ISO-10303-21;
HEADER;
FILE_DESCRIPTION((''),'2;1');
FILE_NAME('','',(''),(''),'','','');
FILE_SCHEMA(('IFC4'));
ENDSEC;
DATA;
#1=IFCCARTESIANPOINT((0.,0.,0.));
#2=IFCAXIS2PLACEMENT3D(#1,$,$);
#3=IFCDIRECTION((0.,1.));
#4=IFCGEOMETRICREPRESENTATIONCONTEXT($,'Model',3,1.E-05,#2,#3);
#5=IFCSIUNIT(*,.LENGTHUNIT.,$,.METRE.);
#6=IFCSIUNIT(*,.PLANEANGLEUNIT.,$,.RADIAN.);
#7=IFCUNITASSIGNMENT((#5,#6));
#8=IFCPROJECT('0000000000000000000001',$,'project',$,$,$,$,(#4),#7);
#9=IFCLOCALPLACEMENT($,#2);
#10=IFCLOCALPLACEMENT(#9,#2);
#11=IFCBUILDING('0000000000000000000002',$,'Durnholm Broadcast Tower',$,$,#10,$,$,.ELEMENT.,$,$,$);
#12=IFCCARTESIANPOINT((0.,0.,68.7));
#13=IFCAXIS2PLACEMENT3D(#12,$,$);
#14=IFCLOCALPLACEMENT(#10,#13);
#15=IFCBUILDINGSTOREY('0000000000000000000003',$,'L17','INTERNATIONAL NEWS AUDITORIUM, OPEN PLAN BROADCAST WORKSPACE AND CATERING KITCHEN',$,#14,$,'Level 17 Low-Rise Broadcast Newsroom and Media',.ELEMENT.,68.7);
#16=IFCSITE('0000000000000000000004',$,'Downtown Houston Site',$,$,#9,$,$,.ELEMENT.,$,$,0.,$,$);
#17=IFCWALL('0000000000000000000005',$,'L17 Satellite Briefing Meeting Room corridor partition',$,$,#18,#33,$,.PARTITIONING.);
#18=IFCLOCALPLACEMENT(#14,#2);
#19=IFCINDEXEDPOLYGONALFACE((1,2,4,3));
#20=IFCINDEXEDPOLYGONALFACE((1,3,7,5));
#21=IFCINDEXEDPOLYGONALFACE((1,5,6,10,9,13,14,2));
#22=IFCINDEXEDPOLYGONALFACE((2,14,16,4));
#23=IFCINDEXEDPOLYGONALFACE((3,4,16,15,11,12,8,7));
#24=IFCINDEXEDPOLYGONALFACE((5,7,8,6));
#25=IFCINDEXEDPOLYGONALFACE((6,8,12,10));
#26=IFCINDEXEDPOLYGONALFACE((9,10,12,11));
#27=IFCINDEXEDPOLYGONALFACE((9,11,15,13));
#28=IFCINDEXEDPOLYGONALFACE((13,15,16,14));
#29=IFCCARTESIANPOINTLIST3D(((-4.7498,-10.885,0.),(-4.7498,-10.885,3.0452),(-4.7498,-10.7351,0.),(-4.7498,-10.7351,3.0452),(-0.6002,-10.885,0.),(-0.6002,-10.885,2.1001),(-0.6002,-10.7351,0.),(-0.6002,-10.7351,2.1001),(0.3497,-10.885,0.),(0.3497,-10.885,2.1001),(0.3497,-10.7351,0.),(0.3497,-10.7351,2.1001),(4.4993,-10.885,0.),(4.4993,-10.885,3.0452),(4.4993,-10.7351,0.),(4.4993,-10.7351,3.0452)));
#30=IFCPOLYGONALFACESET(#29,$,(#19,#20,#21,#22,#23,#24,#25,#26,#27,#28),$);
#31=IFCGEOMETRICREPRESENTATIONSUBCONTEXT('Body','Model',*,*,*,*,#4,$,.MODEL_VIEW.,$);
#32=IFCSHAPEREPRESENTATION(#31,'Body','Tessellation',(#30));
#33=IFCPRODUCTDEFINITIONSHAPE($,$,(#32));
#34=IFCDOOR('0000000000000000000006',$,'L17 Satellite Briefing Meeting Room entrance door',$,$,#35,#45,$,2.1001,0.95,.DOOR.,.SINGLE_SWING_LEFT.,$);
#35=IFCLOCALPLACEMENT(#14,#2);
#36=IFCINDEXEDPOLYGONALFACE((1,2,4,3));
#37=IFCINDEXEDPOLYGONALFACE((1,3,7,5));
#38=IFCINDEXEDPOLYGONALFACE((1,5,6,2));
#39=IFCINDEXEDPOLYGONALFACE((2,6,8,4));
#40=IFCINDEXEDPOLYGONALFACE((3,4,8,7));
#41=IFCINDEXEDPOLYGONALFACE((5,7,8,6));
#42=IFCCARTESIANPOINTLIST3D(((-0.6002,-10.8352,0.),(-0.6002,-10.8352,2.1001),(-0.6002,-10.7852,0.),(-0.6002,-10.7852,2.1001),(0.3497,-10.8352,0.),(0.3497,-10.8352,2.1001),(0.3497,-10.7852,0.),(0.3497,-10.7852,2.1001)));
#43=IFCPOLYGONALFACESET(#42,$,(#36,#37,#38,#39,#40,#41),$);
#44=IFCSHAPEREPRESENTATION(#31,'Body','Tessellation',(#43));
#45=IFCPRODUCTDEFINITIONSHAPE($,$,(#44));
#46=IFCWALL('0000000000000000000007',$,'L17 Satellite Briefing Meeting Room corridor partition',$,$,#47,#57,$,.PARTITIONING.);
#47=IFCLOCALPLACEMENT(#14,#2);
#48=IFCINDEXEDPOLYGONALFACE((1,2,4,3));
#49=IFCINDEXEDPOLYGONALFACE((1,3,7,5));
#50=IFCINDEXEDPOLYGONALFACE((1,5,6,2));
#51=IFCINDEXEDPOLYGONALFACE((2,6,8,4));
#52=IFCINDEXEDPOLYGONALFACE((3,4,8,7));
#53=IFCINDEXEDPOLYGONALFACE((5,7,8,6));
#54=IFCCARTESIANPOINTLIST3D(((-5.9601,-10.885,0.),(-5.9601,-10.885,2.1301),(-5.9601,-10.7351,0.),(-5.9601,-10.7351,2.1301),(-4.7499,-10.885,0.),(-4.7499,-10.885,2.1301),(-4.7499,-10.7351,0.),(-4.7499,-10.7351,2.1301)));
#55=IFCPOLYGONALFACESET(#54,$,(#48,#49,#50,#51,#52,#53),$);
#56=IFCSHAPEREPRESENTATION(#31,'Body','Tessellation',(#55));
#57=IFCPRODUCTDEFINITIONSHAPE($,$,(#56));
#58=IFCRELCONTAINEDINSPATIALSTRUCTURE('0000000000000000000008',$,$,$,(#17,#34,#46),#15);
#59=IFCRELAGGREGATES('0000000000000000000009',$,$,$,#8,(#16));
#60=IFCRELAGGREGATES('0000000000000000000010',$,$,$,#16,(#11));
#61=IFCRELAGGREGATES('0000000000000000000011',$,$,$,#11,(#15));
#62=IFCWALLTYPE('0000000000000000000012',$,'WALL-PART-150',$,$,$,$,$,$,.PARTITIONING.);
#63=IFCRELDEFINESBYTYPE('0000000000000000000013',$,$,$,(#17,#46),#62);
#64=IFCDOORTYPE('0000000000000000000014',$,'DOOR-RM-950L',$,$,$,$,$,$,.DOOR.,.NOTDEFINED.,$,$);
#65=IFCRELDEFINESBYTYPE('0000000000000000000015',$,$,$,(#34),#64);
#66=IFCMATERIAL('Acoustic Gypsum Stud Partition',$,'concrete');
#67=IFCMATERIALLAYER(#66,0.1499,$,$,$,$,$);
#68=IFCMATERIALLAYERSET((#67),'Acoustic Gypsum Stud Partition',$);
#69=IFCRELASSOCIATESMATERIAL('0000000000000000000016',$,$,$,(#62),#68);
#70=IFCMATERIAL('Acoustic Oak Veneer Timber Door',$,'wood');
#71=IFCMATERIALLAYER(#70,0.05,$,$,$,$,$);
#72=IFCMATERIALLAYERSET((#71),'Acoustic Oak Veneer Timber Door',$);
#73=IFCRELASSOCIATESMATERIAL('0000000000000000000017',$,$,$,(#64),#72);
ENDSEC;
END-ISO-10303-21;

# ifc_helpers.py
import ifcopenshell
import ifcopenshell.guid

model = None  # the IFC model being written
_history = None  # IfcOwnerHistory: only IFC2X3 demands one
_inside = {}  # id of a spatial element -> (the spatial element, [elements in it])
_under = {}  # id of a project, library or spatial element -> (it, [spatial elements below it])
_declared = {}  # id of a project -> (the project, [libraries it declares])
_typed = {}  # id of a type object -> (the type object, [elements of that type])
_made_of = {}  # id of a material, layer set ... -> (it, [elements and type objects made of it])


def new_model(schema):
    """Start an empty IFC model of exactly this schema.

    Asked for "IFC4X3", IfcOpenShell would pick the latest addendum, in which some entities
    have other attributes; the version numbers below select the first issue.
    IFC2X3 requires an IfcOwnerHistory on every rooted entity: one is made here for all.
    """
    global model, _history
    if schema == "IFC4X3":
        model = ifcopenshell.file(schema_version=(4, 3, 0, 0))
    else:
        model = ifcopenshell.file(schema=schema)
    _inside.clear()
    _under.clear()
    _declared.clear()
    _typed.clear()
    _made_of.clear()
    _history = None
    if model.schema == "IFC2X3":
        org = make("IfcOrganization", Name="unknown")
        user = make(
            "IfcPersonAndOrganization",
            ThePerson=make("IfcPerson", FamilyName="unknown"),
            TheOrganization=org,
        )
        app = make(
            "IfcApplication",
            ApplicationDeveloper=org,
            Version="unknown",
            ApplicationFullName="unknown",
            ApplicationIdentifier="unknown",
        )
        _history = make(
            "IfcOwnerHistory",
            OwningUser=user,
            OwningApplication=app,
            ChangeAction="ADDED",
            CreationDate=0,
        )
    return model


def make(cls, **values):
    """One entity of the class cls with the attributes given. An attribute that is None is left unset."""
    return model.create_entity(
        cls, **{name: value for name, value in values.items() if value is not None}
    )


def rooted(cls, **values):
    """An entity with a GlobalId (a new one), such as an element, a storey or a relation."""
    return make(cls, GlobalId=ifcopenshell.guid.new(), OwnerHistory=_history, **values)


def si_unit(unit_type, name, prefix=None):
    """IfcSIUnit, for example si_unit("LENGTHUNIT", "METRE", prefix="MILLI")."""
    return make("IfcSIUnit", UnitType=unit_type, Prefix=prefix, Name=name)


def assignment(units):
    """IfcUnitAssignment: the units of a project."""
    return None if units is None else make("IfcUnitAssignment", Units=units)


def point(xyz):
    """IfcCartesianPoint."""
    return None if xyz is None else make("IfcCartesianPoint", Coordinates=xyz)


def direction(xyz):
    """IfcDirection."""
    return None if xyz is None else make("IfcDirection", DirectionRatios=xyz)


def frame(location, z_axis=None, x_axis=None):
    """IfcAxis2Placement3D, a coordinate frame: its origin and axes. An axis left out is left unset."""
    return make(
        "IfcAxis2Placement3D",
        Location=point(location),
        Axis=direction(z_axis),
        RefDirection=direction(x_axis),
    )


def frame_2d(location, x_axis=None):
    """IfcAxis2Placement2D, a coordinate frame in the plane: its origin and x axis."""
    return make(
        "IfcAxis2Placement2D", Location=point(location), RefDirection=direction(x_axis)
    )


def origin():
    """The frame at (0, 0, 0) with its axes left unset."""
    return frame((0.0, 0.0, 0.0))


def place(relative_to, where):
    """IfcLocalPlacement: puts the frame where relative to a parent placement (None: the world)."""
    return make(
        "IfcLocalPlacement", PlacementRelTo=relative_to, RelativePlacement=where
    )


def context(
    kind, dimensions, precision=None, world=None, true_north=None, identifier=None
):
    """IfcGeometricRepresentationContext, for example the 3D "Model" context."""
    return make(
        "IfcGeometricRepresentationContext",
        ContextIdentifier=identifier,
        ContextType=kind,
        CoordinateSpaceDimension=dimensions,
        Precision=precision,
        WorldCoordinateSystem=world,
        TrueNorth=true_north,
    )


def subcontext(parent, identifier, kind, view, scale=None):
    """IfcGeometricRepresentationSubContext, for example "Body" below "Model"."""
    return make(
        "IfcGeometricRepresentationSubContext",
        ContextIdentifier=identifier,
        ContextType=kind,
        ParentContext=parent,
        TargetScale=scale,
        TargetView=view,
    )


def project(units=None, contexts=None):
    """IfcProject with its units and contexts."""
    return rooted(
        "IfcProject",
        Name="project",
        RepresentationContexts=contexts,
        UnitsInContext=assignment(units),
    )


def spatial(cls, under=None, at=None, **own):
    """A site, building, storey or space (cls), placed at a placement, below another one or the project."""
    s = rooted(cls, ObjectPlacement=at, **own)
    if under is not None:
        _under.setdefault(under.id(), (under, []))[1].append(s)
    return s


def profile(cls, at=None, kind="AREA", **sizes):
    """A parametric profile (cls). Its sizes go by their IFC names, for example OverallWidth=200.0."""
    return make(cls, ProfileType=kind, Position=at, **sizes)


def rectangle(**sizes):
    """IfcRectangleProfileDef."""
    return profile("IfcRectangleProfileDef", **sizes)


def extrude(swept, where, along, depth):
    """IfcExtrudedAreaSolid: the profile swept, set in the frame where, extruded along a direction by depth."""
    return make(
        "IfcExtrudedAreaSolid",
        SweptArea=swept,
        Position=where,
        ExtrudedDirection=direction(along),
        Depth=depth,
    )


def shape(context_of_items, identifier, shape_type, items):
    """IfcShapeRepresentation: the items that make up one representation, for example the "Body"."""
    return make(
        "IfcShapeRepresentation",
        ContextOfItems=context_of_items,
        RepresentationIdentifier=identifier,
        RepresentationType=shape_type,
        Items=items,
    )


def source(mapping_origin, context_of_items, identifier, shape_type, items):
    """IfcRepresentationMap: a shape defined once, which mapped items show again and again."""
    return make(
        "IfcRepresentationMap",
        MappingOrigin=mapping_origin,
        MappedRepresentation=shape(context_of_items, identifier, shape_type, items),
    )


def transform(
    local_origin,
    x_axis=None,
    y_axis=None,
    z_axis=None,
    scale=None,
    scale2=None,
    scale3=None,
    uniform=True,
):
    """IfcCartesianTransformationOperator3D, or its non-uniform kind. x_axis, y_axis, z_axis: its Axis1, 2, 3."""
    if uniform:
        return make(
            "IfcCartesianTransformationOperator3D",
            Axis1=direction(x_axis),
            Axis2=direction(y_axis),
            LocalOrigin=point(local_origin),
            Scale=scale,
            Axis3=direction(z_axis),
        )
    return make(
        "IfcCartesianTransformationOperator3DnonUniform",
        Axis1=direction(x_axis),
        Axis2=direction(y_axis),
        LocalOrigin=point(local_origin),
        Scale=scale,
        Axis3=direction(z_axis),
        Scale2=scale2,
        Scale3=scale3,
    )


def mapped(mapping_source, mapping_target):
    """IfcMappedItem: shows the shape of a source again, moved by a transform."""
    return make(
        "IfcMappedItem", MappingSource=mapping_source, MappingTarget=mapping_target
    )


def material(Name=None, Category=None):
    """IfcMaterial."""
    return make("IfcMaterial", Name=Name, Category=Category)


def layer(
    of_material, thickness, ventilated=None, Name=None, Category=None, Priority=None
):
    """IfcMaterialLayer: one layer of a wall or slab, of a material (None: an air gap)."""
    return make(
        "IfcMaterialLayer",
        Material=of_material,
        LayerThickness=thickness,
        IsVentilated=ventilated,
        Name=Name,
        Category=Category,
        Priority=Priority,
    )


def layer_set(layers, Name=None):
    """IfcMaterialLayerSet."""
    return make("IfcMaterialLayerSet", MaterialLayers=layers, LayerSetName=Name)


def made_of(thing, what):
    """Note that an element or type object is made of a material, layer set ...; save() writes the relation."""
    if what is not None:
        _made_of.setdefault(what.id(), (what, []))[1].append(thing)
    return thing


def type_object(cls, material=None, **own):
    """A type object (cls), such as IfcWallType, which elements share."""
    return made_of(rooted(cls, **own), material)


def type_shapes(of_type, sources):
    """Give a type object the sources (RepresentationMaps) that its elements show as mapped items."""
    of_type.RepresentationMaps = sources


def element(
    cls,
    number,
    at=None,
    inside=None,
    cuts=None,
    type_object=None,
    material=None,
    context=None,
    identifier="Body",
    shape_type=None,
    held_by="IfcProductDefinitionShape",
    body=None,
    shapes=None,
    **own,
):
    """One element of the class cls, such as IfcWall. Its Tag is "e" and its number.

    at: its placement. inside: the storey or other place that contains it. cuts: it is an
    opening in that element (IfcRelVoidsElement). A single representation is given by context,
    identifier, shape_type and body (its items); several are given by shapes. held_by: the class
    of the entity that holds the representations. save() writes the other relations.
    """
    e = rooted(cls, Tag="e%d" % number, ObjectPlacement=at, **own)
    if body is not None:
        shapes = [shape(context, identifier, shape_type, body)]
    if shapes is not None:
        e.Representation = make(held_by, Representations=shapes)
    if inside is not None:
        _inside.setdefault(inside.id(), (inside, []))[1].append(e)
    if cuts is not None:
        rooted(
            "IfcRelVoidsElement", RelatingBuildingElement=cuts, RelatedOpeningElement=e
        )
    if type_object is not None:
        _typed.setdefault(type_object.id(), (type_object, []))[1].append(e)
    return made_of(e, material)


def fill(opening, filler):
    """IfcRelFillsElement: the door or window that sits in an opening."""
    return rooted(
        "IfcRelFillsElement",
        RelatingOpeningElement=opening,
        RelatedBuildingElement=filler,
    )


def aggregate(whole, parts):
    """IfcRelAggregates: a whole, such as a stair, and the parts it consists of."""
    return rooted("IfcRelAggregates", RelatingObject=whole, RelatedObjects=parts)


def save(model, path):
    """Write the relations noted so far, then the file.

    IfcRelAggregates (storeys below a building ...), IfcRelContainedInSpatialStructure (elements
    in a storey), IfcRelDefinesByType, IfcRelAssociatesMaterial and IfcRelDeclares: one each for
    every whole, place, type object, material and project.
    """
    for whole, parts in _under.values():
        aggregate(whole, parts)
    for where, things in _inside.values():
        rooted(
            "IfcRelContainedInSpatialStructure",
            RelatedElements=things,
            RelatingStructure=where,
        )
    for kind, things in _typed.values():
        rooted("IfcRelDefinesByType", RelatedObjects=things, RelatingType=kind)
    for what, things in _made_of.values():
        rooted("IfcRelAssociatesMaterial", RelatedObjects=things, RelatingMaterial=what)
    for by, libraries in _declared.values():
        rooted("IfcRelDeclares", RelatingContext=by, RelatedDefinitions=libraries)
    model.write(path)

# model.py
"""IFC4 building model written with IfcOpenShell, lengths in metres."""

from ifc_helpers import new_model, si_unit, direction, frame, frame_2d, origin, place, context, subcontext, project, spatial, rectangle, extrude, source, transform, mapped, material, layer, layer_set, type_object, type_shapes, element, fill, save


model = new_model("IFC4")

# Units and contexts
model_context = context("Model", 3, precision=1e-05, world=origin(), true_north=direction((0.0, 1.0)))
body_context = subcontext(model_context, "Body", "Model", "MODEL_VIEW")
ifc_project = project(units=[si_unit("LENGTHUNIT", "METRE"), si_unit("PLANEANGLEUNIT", "RADIAN")], contexts=[model_context])

# Site, building, storey
site_placement = place(None, origin())
site = spatial("IfcSite", under=ifc_project, at=site_placement, Name="Downtown Houston Site", CompositionType="ELEMENT", RefElevation=0.0)
building_placement = place(site_placement, origin())
building = spatial("IfcBuilding", under=site, at=building_placement, Name="Durnholm Broadcast Tower", CompositionType="ELEMENT")
storey_placement = place(building_placement, frame((0.0, 0.0, 68.7)))
storey = spatial("IfcBuildingStorey", under=building, at=storey_placement, Name="L17", Description="INTERNATIONAL NEWS AUDITORIUM, OPEN PLAN BROADCAST WORKSPACE AND CATERING KITCHEN", LongName="Level 17 Low-Rise Broadcast Newsroom and Media", CompositionType="ELEMENT", Elevation=68.7)

# Shared definitions
ifc_material_1 = material(Name="Acoustic Gypsum Stud Partition", Category="concrete")
ifc_layer_1 = layer(ifc_material_1, 0.1499)
ifc_layer_set_1 = layer_set([ifc_layer_1], Name="Acoustic Gypsum Stud Partition")
wall_type_1 = type_object("IfcWallType", Name="WALL-PART-150", PredefinedType="PARTITIONING", material=ifc_layer_set_1)

# Wall, opening, door
wall_1_placement = place(storey_placement, frame((-4.7498, -10.8101, 0.0), z_axis=(0.0, 0.0, 1.0), x_axis=(1.0, 0.0, 0.0)))
wall_1 = element("IfcWall", 1, at=wall_1_placement, inside=storey, type_object=wall_type_1, Name="L17 Satellite Briefing Meeting Room corridor partition", PredefinedType="PARTITIONING", context=body_context, shape_type="SweptSolid", body=[
    extrude(rectangle(XDim=9.249, YDim=0.1499, at=frame_2d((4.6245, 0.0))), origin(), (0.0, 0.0, 1.0), 3.0452),
])
opening_1_placement = place(wall_1_placement, frame((4.1494, 0.0, 0.0)))
opening_1 = element("IfcOpeningElement", 2, at=opening_1_placement, cuts=wall_1, PredefinedType="OPENING", context=body_context, shape_type="SweptSolid", body=[
    extrude(rectangle(XDim=0.95, YDim=2.1001, at=frame_2d((0.4751, 1.05))), frame((0.0, 0.085, 0.0), z_axis=(0.0, -1.0, 0.0), x_axis=(1.0, 0.0, 0.0)), (0.0, 0.0, 1.0), 0.1699),
])
ifc_material_2 = material(Name="Acoustic Oak Veneer Timber Door", Category="wood")
ifc_layer_2 = layer(ifc_material_2, 0.05)
ifc_layer_set_2 = layer_set([ifc_layer_2], Name="Acoustic Oak Veneer Timber Door")
door_type_1 = type_object("IfcDoorType", Name="DOOR-RM-950L", OperationType="NOTDEFINED", PredefinedType="DOOR", material=ifc_layer_set_2)
shared_shape_1 = source(origin(), body_context, "Body", "SweptSolid", [
    extrude(rectangle(XDim=0.95, YDim=2.1001, at=frame_2d((0.4751, 1.05))), frame((0.0, 0.0249, 0.0), z_axis=(0.0, -1.0, 0.0), x_axis=(1.0, 0.0, 0.0)), (0.0, 0.0, 1.0), 0.05),
])
type_shapes(door_type_1, [shared_shape_1])
door_1_placement = place(opening_1_placement, origin())
door_1 = element("IfcDoor", 3, at=door_1_placement, inside=storey, type_object=door_type_1, Name="L17 Satellite Briefing Meeting Room entrance door", OperationType="SINGLE_SWING_LEFT", OverallHeight=2.1001, OverallWidth=0.95, PredefinedType="DOOR", context=body_context, shape_type="MappedRepresentation", body=[
    mapped(shared_shape_1, transform((0.0, 0.0, 0.0), x_axis=(1.0, 0.0, 0.0), y_axis=(0.0, 1.0, 0.0), z_axis=(0.0, 0.0, 1.0), scale=1.0)),
])
fill(opening_1, door_1)

# Wall
wall_2_placement = place(storey_placement, frame((-5.96, -10.8101, 0.0), z_axis=(0.0, 0.0, 1.0), x_axis=(1.0, 0.0, 0.0)))
element("IfcWall", 4, at=wall_2_placement, inside=storey, type_object=wall_type_1, Name="L17 Satellite Briefing Meeting Room corridor partition", PredefinedType="PARTITIONING", context=body_context, shape_type="SweptSolid", body=[
    extrude(rectangle(XDim=1.2102, YDim=0.1499, at=frame_2d((0.605, 0.0))), origin(), (0.0, 0.0, 1.0), 2.1301),
])

save(model, "model.ifc")
